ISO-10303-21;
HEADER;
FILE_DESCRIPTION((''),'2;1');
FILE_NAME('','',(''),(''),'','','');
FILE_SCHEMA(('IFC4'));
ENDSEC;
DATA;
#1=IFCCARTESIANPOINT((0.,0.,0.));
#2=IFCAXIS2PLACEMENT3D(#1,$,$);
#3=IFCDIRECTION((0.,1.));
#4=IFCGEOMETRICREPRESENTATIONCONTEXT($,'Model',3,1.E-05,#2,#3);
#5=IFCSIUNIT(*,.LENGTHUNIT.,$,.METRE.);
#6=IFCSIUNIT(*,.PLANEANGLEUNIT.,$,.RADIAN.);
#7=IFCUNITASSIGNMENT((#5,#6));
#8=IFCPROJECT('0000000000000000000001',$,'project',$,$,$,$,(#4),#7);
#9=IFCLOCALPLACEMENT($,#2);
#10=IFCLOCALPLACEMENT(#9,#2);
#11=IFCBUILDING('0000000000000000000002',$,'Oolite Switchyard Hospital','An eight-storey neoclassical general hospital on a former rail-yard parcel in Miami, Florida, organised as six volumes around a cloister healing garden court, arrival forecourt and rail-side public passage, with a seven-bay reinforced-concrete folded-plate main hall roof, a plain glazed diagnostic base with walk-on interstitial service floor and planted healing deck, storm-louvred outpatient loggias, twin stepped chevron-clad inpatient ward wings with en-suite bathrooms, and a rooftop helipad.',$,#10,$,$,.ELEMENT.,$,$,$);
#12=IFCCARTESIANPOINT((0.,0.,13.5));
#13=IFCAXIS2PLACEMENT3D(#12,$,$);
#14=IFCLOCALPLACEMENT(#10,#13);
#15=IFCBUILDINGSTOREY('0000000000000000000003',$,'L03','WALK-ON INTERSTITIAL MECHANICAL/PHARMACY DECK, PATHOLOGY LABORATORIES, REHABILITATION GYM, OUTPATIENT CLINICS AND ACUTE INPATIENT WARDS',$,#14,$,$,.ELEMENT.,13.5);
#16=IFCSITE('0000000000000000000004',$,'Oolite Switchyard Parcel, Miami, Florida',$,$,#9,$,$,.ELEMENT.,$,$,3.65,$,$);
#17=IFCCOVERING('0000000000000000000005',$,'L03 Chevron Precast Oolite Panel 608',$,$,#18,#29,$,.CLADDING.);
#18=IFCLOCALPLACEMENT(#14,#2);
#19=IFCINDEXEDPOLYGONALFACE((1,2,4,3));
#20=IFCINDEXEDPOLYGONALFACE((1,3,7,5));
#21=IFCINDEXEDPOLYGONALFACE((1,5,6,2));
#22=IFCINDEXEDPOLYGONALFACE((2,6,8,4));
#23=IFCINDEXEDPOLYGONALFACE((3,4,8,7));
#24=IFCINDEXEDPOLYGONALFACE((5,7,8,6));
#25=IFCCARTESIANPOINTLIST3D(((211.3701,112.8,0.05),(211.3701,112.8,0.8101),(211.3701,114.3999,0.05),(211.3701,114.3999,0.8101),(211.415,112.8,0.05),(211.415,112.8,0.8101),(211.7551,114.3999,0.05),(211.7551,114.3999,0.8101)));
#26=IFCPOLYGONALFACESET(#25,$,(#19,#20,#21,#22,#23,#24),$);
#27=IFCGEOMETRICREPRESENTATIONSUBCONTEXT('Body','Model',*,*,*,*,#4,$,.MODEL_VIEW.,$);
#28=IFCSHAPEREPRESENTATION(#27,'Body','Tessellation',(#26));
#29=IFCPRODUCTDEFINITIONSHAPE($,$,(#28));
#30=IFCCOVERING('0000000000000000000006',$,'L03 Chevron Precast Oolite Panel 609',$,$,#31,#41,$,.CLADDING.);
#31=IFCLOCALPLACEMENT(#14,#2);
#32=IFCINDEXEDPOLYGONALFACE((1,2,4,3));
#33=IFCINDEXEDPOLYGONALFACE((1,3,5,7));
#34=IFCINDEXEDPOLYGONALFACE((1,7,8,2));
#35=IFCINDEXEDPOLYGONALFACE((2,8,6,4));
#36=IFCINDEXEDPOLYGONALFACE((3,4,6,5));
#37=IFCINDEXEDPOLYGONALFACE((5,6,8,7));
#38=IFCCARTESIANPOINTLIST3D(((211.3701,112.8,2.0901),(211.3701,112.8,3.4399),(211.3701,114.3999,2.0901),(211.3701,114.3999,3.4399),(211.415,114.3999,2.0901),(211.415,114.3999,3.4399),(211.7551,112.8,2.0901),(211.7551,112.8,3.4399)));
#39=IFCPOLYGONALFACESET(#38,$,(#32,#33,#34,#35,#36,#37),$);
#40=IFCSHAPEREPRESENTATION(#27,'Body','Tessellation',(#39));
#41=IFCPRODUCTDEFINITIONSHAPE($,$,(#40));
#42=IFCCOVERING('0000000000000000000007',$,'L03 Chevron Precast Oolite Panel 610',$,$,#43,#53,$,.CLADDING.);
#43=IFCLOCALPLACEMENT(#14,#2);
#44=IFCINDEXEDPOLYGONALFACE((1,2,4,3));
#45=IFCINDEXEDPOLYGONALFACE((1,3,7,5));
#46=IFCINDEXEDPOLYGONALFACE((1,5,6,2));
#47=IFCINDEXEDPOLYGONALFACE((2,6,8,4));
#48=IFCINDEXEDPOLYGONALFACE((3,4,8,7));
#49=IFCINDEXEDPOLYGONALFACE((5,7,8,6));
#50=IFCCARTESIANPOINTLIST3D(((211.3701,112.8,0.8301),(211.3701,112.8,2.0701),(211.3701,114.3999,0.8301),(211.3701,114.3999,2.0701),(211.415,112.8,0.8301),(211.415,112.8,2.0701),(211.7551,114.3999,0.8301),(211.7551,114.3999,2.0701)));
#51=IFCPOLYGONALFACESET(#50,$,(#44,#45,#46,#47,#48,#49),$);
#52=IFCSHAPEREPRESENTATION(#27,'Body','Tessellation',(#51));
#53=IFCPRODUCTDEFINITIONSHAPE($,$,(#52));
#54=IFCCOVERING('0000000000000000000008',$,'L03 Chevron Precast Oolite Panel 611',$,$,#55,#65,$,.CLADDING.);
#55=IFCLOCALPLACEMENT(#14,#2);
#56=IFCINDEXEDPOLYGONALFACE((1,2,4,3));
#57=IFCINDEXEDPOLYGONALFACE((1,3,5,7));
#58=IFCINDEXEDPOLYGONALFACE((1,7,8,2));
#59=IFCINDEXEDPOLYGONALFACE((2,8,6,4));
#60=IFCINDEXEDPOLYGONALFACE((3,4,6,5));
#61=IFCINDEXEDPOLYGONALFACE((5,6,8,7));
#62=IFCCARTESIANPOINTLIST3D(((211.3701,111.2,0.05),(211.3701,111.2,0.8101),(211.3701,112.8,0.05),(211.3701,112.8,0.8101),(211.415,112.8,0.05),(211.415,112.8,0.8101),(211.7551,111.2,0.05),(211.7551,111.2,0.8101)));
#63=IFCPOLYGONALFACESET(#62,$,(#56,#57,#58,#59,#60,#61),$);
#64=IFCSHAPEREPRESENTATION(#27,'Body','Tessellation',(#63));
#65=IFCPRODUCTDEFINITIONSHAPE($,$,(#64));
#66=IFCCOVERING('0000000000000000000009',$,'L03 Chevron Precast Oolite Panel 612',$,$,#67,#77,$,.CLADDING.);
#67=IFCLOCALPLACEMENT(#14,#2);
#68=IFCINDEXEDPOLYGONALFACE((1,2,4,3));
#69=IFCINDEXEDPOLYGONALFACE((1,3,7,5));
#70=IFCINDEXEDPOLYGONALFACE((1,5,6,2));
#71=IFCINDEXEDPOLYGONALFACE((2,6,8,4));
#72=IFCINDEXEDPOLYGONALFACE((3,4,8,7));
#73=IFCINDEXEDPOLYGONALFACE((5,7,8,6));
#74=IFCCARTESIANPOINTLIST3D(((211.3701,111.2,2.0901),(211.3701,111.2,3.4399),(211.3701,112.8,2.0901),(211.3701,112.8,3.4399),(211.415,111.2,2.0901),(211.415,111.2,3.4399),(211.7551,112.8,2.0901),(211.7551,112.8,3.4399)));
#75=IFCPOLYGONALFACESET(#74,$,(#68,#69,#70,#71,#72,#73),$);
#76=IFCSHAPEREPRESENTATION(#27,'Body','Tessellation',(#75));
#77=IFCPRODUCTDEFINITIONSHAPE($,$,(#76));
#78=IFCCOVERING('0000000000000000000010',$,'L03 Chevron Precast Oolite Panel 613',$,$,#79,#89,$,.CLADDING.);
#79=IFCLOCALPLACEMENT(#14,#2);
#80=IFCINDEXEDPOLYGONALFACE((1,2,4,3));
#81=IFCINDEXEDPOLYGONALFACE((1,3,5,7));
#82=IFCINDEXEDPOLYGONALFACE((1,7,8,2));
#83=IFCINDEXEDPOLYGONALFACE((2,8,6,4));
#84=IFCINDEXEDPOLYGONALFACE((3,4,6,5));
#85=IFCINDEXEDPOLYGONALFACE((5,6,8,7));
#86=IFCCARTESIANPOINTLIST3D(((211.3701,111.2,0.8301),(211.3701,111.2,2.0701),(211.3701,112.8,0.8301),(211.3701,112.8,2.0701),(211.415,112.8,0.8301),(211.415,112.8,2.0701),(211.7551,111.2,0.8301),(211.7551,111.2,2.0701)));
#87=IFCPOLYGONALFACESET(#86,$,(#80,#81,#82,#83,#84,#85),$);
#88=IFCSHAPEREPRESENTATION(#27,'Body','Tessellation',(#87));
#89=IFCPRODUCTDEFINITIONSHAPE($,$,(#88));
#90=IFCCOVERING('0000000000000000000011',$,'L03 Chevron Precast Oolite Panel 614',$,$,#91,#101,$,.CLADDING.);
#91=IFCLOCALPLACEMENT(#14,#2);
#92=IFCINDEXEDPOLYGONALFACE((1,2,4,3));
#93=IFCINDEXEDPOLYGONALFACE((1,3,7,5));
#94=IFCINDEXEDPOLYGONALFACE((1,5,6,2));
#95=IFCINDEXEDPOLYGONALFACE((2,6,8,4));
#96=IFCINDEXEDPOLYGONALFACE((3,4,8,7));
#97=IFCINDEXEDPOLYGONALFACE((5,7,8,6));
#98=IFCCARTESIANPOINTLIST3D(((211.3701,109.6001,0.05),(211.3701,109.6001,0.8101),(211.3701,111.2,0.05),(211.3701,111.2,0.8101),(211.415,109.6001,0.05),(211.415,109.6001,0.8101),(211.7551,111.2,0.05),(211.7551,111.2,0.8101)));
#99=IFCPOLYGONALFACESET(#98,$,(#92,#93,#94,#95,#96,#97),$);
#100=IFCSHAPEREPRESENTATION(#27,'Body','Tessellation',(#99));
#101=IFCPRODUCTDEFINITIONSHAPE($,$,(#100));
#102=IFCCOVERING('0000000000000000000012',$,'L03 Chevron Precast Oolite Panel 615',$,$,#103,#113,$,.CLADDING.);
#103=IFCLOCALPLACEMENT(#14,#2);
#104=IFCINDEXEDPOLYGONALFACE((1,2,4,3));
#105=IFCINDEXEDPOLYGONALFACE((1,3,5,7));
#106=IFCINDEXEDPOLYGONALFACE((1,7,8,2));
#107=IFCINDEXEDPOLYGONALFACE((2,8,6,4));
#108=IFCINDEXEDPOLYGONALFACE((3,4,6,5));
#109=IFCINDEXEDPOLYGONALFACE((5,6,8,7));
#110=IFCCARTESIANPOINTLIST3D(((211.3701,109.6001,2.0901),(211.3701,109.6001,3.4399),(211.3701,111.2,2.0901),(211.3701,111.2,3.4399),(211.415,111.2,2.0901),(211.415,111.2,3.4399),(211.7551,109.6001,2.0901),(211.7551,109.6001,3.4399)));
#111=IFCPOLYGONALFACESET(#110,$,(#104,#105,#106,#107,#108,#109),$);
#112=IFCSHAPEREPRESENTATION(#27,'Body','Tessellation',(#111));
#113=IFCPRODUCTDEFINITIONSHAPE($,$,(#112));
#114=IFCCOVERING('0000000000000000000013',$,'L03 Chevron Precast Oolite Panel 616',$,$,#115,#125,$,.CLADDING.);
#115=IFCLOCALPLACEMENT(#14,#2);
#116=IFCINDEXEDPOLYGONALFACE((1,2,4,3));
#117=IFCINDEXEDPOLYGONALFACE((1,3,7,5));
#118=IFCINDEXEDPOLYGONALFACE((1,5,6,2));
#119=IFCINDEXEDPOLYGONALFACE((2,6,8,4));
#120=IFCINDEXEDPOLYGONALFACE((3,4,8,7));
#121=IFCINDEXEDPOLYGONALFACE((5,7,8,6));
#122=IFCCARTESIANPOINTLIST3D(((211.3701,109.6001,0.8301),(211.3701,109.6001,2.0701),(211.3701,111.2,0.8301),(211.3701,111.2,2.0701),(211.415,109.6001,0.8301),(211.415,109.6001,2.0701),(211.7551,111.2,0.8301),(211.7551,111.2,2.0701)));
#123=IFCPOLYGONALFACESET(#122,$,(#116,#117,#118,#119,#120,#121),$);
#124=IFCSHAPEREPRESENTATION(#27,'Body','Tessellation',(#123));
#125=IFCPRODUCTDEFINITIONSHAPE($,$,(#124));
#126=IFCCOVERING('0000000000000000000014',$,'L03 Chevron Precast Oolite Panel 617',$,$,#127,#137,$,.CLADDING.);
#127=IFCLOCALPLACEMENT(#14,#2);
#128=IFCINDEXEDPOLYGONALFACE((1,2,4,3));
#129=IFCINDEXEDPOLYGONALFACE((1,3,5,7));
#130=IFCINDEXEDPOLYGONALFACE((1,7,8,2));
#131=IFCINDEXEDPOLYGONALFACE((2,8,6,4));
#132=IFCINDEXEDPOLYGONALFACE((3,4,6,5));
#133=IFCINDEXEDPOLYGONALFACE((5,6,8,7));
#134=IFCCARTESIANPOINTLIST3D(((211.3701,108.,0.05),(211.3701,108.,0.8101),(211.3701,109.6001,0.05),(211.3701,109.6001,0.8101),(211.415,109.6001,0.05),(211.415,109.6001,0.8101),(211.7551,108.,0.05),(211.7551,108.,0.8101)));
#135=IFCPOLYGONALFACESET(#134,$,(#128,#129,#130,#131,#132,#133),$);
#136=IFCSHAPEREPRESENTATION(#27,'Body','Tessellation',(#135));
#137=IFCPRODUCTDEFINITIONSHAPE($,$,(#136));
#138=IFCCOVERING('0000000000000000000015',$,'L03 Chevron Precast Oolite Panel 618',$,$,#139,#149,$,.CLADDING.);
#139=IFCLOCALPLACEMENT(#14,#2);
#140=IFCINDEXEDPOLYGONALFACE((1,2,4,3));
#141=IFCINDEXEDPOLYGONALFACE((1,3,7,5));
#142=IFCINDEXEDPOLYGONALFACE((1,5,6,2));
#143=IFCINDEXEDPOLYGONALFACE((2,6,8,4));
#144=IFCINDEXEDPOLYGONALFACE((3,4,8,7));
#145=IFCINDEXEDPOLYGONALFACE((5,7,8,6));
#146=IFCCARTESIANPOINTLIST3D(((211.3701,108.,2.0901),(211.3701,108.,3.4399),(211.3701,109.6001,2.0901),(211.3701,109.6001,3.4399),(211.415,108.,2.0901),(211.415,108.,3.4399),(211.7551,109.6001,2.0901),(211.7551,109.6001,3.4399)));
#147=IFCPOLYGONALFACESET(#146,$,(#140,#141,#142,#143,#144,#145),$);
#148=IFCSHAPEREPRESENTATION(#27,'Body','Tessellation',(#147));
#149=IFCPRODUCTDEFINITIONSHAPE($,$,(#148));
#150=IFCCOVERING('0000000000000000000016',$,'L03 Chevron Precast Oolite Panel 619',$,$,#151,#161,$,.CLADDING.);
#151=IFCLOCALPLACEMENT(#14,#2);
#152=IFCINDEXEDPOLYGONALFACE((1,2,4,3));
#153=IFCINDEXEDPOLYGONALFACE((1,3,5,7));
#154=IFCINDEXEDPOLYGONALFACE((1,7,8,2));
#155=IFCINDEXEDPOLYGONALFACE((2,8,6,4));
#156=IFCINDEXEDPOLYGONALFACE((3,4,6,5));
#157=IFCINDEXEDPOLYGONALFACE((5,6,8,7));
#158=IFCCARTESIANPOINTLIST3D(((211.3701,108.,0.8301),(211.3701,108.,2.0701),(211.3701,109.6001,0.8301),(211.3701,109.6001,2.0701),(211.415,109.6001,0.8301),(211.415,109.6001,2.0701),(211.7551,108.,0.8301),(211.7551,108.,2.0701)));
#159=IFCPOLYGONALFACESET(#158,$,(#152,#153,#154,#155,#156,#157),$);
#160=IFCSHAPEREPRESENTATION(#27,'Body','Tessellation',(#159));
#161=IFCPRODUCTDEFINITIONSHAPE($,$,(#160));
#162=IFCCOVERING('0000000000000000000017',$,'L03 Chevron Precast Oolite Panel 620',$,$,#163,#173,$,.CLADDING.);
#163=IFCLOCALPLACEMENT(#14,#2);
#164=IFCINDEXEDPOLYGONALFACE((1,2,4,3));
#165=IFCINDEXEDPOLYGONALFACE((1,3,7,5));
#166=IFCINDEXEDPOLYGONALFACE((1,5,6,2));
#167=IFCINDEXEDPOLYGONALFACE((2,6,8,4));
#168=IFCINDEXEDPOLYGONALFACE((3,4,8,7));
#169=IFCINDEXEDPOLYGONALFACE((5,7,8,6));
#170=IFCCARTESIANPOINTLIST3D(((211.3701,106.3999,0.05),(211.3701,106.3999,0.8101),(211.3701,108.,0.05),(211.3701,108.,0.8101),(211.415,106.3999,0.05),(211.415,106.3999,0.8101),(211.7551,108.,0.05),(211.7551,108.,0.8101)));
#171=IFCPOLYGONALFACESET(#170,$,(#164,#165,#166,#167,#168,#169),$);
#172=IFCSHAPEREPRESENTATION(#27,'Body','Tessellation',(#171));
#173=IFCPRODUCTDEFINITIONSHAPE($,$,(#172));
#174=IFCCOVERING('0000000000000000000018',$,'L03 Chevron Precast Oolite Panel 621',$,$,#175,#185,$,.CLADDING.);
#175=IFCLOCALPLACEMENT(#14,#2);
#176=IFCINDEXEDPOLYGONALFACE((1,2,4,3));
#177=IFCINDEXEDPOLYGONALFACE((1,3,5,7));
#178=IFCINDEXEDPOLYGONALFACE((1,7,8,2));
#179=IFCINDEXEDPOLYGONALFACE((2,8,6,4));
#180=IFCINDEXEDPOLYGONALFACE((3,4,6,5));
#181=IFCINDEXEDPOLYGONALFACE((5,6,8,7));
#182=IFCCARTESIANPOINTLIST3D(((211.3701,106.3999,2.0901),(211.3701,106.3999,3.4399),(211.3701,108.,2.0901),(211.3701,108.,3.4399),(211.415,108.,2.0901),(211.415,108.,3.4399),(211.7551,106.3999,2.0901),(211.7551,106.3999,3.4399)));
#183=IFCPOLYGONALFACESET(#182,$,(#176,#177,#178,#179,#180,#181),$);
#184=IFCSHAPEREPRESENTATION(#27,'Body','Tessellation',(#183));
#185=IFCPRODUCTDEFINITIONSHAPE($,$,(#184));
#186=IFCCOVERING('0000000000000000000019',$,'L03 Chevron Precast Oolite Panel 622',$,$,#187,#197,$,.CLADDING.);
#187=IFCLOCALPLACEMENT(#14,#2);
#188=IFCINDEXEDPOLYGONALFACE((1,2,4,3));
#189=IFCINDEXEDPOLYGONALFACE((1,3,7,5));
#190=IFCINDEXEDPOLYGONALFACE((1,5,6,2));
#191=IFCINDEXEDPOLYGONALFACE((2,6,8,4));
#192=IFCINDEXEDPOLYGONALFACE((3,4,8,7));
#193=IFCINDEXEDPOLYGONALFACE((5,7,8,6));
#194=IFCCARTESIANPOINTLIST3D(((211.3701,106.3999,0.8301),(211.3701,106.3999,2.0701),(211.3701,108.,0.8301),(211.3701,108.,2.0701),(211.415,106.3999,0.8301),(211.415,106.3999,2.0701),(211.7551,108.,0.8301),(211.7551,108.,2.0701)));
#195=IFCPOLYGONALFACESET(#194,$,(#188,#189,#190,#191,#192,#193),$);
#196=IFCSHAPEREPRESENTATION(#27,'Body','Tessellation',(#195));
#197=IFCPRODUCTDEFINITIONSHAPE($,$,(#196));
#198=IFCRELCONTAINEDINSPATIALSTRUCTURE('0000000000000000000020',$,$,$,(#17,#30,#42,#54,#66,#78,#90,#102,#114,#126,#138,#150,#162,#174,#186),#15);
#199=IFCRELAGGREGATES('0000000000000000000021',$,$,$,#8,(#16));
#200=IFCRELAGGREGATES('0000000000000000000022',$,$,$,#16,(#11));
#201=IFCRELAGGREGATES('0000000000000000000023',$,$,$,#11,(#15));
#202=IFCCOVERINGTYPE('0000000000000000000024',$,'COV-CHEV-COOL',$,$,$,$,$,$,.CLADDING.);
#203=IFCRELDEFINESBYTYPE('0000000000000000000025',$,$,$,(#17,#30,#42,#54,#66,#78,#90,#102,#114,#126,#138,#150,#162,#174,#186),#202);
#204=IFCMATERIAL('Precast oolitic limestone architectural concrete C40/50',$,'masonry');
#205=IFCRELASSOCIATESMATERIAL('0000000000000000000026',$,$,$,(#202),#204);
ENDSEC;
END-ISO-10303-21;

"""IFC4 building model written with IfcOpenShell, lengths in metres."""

from ifc_helpers import new_model, si_unit, direction, frame, origin, place, context, subcontext, project, spatial, polyline, outline, extrude, material, type_object, element, save


model = new_model("IFC4")

# Units and contexts
model_context = context("Model", 3, precision=1e-05, world=origin(), true_north=direction((0.0, 1.0)))
body_context = subcontext(model_context, "Body", "Model", "MODEL_VIEW")
ifc_project = project(units=[si_unit("LENGTHUNIT", "METRE"), si_unit("PLANEANGLEUNIT", "RADIAN")], contexts=[model_context])

# Site, building, storey
site_placement = place(None, origin())
site = spatial("IfcSite", under=ifc_project, at=site_placement, Name="Oolite Switchyard Parcel, Miami, Florida", CompositionType="ELEMENT", RefElevation=3.65)
building_placement = place(site_placement, origin())
building = spatial("IfcBuilding", under=site, at=building_placement, Name="Oolite Switchyard Hospital", Description="An eight-storey neoclassical general hospital on a former rail-yard parcel in Miami, Florida, organised as six volumes around a cloister healing garden court, arrival forecourt and rail-side public passage, with a seven-bay reinforced-concrete folded-plate main hall roof, a plain glazed diagnostic base with walk-on interstitial service floor and planted healing deck, storm-louvred outpatient loggias, twin stepped chevron-clad inpatient ward wings with en-suite bathrooms, and a rooftop helipad.", CompositionType="ELEMENT")
storey_placement = place(building_placement, frame((0.0, 0.0, 13.5)))
storey = spatial("IfcBuildingStorey", under=building, at=storey_placement, Name="L03", Description="WALK-ON INTERSTITIAL MECHANICAL/PHARMACY DECK, PATHOLOGY LABORATORIES, REHABILITATION GYM, OUTPATIENT CLINICS AND ACUTE INPATIENT WARDS", CompositionType="ELEMENT", Elevation=13.5)

# Coverings
ifc_material_1 = material(Name="Precast oolitic limestone architectural concrete C40/50", Category="masonry")
covering_type = type_object("IfcCoveringType", Name="COV-CHEV-COOL", PredefinedType="CLADDING", material=ifc_material_1)
covering_1_placement = place(storey_placement, frame((211.3701, 114.3999, 0.05), z_axis=(0.0, 0.0, 1.0), x_axis=(0.0, -1.0, 0.0)))
element("IfcCovering", 1, at=covering_1_placement, inside=storey, type_object=covering_type, Name="L03 Chevron Precast Oolite Panel 608", PredefinedType="CLADDING", context=body_context, shape_type="SweptSolid", body=[
    extrude(outline(polyline([(0.0, 0.0), (1.5999, 0.0), (1.5999, 0.0449), (0.0, 0.385), (0.0, 0.0)])), origin(), (0.0, 0.0, 1.0), 0.76),
])
covering_2_placement = place(storey_placement, frame((211.3701, 114.3999, 2.0901), z_axis=(0.0, 0.0, 1.0), x_axis=(0.0, -1.0, 0.0)))
element("IfcCovering", 2, at=covering_2_placement, inside=storey, type_object=covering_type, Name="L03 Chevron Precast Oolite Panel 609", PredefinedType="CLADDING", context=body_context, shape_type="SweptSolid", body=[
    extrude(outline(polyline([(0.0, 0.0), (1.5999, 0.0), (1.5999, 0.385), (0.0, 0.0449), (0.0, 0.0)])), origin(), (0.0, 0.0, 1.0), 1.3499),
])
covering_3_placement = place(storey_placement, frame((211.3701, 114.3999, 0.8301), z_axis=(0.0, 0.0, 1.0), x_axis=(0.0, -1.0, 0.0)))
element("IfcCovering", 3, at=covering_3_placement, inside=storey, type_object=covering_type, Name="L03 Chevron Precast Oolite Panel 610", PredefinedType="CLADDING", context=body_context, shape_type="SweptSolid", body=[
    extrude(outline(polyline([(0.0, 0.0), (1.5999, 0.0), (1.5999, 0.0449), (0.0, 0.385), (0.0, 0.0)])), origin(), (0.0, 0.0, 1.0), 1.24),
])
covering_4_placement = place(storey_placement, frame((211.3701, 112.8, 0.05), z_axis=(0.0, 0.0, 1.0), x_axis=(0.0, -1.0, 0.0)))
element("IfcCovering", 4, at=covering_4_placement, inside=storey, type_object=covering_type, Name="L03 Chevron Precast Oolite Panel 611", PredefinedType="CLADDING", context=body_context, shape_type="SweptSolid", body=[
    extrude(outline(polyline([(0.0, 0.0), (1.6001, 0.0), (1.6001, 0.385), (0.0, 0.0449), (0.0, 0.0)])), origin(), (0.0, 0.0, 1.0), 0.76),
])
covering_5_placement = place(storey_placement, frame((211.3701, 112.8, 2.0901), z_axis=(0.0, 0.0, 1.0), x_axis=(0.0, -1.0, 0.0)))
element("IfcCovering", 5, at=covering_5_placement, inside=storey, type_object=covering_type, Name="L03 Chevron Precast Oolite Panel 612", PredefinedType="CLADDING", context=body_context, shape_type="SweptSolid", body=[
    extrude(outline(polyline([(0.0, 0.0), (1.6001, 0.0), (1.6001, 0.0449), (0.0, 0.385), (0.0, 0.0)])), origin(), (0.0, 0.0, 1.0), 1.3499),
])
covering_6_placement = place(storey_placement, frame((211.3701, 112.8, 0.8301), z_axis=(0.0, 0.0, 1.0), x_axis=(0.0, -1.0, 0.0)))
element("IfcCovering", 6, at=covering_6_placement, inside=storey, type_object=covering_type, Name="L03 Chevron Precast Oolite Panel 613", PredefinedType="CLADDING", context=body_context, shape_type="SweptSolid", body=[
    extrude(outline(polyline([(0.0, 0.0), (1.6001, 0.0), (1.6001, 0.385), (0.0, 0.0449), (0.0, 0.0)])), origin(), (0.0, 0.0, 1.0), 1.24),
])
covering_7_placement = place(storey_placement, frame((211.3701, 111.2, 0.05), z_axis=(0.0, 0.0, 1.0), x_axis=(0.0, -1.0, 0.0)))
element("IfcCovering", 7, at=covering_7_placement, inside=storey, type_object=covering_type, Name="L03 Chevron Precast Oolite Panel 614", PredefinedType="CLADDING", context=body_context, shape_type="SweptSolid", body=[
    extrude(outline(polyline([(0.0, 0.0), (1.5999, 0.0), (1.5999, 0.0449), (0.0, 0.385), (0.0, 0.0)])), origin(), (0.0, 0.0, 1.0), 0.76),
])
covering_8_placement = place(storey_placement, frame((211.3701, 111.2, 2.0901), z_axis=(0.0, 0.0, 1.0), x_axis=(0.0, -1.0, 0.0)))
element("IfcCovering", 8, at=covering_8_placement, inside=storey, type_object=covering_type, Name="L03 Chevron Precast Oolite Panel 615", PredefinedType="CLADDING", context=body_context, shape_type="SweptSolid", body=[
    extrude(outline(polyline([(0.0, 0.0), (1.5999, 0.0), (1.5999, 0.385), (0.0, 0.0449), (0.0, 0.0)])), origin(), (0.0, 0.0, 1.0), 1.3499),
])
covering_9_placement = place(storey_placement, frame((211.3701, 111.2, 0.8301), z_axis=(0.0, 0.0, 1.0), x_axis=(0.0, -1.0, 0.0)))
element("IfcCovering", 9, at=covering_9_placement, inside=storey, type_object=covering_type, Name="L03 Chevron Precast Oolite Panel 616", PredefinedType="CLADDING", context=body_context, shape_type="SweptSolid", body=[
    extrude(outline(polyline([(0.0, 0.0), (1.5999, 0.0), (1.5999, 0.0449), (0.0, 0.385), (0.0, 0.0)])), origin(), (0.0, 0.0, 1.0), 1.24),
])
covering_10_placement = place(storey_placement, frame((211.3701, 109.6001, 0.05), z_axis=(0.0, 0.0, 1.0), x_axis=(0.0, -1.0, 0.0)))
element("IfcCovering", 10, at=covering_10_placement, inside=storey, type_object=covering_type, Name="L03 Chevron Precast Oolite Panel 617", PredefinedType="CLADDING", context=body_context, shape_type="SweptSolid", body=[
    extrude(outline(polyline([(0.0, 0.0), (1.6001, 0.0), (1.6001, 0.385), (0.0, 0.0449), (0.0, 0.0)])), origin(), (0.0, 0.0, 1.0), 0.76),
])
covering_11_placement = place(storey_placement, frame((211.3701, 109.6001, 2.0901), z_axis=(0.0, 0.0, 1.0), x_axis=(0.0, -1.0, 0.0)))
element("IfcCovering", 11, at=covering_11_placement, inside=storey, type_object=covering_type, Name="L03 Chevron Precast Oolite Panel 618", PredefinedType="CLADDING", context=body_context, shape_type="SweptSolid", body=[
    extrude(outline(polyline([(0.0, 0.0), (1.6001, 0.0), (1.6001, 0.0449), (0.0, 0.385), (0.0, 0.0)])), origin(), (0.0, 0.0, 1.0), 1.3499),
])
covering_12_placement = place(storey_placement, frame((211.3701, 109.6001, 0.8301), z_axis=(0.0, 0.0, 1.0), x_axis=(0.0, -1.0, 0.0)))
element("IfcCovering", 12, at=covering_12_placement, inside=storey, type_object=covering_type, Name="L03 Chevron Precast Oolite Panel 619", PredefinedType="CLADDING", context=body_context, shape_type="SweptSolid", body=[
    extrude(outline(polyline([(0.0, 0.0), (1.6001, 0.0), (1.6001, 0.385), (0.0, 0.0449), (0.0, 0.0)])), origin(), (0.0, 0.0, 1.0), 1.24),
])
covering_13_placement = place(storey_placement, frame((211.3701, 108.0, 0.05), z_axis=(0.0, 0.0, 1.0), x_axis=(0.0, -1.0, 0.0)))
element("IfcCovering", 13, at=covering_13_placement, inside=storey, type_object=covering_type, Name="L03 Chevron Precast Oolite Panel 620", PredefinedType="CLADDING", context=body_context, shape_type="SweptSolid", body=[
    extrude(outline(polyline([(0.0, 0.0), (1.6001, 0.0), (1.6001, 0.0449), (0.0, 0.385), (0.0, 0.0)])), origin(), (0.0, 0.0, 1.0), 0.76),
])
covering_14_placement = place(storey_placement, frame((211.3701, 108.0, 2.0901), z_axis=(0.0, 0.0, 1.0), x_axis=(0.0, -1.0, 0.0)))
element("IfcCovering", 14, at=covering_14_placement, inside=storey, type_object=covering_type, Name="L03 Chevron Precast Oolite Panel 621", PredefinedType="CLADDING", context=body_context, shape_type="SweptSolid", body=[
    extrude(outline(polyline([(0.0, 0.0), (1.6001, 0.0), (1.6001, 0.385), (0.0, 0.0449), (0.0, 0.0)])), origin(), (0.0, 0.0, 1.0), 1.3499),
])
covering_15_placement = place(storey_placement, frame((211.3701, 108.0, 0.8301), z_axis=(0.0, 0.0, 1.0), x_axis=(0.0, -1.0, 0.0)))
element("IfcCovering", 15, at=covering_15_placement, inside=storey, type_object=covering_type, Name="L03 Chevron Precast Oolite Panel 622", PredefinedType="CLADDING", context=body_context, shape_type="SweptSolid", body=[
    extrude(outline(polyline([(0.0, 0.0), (1.6001, 0.0), (1.6001, 0.0449), (0.0, 0.385), (0.0, 0.0)])), origin(), (0.0, 0.0, 1.0), 1.24),
])

save(model, "model.ifc")
